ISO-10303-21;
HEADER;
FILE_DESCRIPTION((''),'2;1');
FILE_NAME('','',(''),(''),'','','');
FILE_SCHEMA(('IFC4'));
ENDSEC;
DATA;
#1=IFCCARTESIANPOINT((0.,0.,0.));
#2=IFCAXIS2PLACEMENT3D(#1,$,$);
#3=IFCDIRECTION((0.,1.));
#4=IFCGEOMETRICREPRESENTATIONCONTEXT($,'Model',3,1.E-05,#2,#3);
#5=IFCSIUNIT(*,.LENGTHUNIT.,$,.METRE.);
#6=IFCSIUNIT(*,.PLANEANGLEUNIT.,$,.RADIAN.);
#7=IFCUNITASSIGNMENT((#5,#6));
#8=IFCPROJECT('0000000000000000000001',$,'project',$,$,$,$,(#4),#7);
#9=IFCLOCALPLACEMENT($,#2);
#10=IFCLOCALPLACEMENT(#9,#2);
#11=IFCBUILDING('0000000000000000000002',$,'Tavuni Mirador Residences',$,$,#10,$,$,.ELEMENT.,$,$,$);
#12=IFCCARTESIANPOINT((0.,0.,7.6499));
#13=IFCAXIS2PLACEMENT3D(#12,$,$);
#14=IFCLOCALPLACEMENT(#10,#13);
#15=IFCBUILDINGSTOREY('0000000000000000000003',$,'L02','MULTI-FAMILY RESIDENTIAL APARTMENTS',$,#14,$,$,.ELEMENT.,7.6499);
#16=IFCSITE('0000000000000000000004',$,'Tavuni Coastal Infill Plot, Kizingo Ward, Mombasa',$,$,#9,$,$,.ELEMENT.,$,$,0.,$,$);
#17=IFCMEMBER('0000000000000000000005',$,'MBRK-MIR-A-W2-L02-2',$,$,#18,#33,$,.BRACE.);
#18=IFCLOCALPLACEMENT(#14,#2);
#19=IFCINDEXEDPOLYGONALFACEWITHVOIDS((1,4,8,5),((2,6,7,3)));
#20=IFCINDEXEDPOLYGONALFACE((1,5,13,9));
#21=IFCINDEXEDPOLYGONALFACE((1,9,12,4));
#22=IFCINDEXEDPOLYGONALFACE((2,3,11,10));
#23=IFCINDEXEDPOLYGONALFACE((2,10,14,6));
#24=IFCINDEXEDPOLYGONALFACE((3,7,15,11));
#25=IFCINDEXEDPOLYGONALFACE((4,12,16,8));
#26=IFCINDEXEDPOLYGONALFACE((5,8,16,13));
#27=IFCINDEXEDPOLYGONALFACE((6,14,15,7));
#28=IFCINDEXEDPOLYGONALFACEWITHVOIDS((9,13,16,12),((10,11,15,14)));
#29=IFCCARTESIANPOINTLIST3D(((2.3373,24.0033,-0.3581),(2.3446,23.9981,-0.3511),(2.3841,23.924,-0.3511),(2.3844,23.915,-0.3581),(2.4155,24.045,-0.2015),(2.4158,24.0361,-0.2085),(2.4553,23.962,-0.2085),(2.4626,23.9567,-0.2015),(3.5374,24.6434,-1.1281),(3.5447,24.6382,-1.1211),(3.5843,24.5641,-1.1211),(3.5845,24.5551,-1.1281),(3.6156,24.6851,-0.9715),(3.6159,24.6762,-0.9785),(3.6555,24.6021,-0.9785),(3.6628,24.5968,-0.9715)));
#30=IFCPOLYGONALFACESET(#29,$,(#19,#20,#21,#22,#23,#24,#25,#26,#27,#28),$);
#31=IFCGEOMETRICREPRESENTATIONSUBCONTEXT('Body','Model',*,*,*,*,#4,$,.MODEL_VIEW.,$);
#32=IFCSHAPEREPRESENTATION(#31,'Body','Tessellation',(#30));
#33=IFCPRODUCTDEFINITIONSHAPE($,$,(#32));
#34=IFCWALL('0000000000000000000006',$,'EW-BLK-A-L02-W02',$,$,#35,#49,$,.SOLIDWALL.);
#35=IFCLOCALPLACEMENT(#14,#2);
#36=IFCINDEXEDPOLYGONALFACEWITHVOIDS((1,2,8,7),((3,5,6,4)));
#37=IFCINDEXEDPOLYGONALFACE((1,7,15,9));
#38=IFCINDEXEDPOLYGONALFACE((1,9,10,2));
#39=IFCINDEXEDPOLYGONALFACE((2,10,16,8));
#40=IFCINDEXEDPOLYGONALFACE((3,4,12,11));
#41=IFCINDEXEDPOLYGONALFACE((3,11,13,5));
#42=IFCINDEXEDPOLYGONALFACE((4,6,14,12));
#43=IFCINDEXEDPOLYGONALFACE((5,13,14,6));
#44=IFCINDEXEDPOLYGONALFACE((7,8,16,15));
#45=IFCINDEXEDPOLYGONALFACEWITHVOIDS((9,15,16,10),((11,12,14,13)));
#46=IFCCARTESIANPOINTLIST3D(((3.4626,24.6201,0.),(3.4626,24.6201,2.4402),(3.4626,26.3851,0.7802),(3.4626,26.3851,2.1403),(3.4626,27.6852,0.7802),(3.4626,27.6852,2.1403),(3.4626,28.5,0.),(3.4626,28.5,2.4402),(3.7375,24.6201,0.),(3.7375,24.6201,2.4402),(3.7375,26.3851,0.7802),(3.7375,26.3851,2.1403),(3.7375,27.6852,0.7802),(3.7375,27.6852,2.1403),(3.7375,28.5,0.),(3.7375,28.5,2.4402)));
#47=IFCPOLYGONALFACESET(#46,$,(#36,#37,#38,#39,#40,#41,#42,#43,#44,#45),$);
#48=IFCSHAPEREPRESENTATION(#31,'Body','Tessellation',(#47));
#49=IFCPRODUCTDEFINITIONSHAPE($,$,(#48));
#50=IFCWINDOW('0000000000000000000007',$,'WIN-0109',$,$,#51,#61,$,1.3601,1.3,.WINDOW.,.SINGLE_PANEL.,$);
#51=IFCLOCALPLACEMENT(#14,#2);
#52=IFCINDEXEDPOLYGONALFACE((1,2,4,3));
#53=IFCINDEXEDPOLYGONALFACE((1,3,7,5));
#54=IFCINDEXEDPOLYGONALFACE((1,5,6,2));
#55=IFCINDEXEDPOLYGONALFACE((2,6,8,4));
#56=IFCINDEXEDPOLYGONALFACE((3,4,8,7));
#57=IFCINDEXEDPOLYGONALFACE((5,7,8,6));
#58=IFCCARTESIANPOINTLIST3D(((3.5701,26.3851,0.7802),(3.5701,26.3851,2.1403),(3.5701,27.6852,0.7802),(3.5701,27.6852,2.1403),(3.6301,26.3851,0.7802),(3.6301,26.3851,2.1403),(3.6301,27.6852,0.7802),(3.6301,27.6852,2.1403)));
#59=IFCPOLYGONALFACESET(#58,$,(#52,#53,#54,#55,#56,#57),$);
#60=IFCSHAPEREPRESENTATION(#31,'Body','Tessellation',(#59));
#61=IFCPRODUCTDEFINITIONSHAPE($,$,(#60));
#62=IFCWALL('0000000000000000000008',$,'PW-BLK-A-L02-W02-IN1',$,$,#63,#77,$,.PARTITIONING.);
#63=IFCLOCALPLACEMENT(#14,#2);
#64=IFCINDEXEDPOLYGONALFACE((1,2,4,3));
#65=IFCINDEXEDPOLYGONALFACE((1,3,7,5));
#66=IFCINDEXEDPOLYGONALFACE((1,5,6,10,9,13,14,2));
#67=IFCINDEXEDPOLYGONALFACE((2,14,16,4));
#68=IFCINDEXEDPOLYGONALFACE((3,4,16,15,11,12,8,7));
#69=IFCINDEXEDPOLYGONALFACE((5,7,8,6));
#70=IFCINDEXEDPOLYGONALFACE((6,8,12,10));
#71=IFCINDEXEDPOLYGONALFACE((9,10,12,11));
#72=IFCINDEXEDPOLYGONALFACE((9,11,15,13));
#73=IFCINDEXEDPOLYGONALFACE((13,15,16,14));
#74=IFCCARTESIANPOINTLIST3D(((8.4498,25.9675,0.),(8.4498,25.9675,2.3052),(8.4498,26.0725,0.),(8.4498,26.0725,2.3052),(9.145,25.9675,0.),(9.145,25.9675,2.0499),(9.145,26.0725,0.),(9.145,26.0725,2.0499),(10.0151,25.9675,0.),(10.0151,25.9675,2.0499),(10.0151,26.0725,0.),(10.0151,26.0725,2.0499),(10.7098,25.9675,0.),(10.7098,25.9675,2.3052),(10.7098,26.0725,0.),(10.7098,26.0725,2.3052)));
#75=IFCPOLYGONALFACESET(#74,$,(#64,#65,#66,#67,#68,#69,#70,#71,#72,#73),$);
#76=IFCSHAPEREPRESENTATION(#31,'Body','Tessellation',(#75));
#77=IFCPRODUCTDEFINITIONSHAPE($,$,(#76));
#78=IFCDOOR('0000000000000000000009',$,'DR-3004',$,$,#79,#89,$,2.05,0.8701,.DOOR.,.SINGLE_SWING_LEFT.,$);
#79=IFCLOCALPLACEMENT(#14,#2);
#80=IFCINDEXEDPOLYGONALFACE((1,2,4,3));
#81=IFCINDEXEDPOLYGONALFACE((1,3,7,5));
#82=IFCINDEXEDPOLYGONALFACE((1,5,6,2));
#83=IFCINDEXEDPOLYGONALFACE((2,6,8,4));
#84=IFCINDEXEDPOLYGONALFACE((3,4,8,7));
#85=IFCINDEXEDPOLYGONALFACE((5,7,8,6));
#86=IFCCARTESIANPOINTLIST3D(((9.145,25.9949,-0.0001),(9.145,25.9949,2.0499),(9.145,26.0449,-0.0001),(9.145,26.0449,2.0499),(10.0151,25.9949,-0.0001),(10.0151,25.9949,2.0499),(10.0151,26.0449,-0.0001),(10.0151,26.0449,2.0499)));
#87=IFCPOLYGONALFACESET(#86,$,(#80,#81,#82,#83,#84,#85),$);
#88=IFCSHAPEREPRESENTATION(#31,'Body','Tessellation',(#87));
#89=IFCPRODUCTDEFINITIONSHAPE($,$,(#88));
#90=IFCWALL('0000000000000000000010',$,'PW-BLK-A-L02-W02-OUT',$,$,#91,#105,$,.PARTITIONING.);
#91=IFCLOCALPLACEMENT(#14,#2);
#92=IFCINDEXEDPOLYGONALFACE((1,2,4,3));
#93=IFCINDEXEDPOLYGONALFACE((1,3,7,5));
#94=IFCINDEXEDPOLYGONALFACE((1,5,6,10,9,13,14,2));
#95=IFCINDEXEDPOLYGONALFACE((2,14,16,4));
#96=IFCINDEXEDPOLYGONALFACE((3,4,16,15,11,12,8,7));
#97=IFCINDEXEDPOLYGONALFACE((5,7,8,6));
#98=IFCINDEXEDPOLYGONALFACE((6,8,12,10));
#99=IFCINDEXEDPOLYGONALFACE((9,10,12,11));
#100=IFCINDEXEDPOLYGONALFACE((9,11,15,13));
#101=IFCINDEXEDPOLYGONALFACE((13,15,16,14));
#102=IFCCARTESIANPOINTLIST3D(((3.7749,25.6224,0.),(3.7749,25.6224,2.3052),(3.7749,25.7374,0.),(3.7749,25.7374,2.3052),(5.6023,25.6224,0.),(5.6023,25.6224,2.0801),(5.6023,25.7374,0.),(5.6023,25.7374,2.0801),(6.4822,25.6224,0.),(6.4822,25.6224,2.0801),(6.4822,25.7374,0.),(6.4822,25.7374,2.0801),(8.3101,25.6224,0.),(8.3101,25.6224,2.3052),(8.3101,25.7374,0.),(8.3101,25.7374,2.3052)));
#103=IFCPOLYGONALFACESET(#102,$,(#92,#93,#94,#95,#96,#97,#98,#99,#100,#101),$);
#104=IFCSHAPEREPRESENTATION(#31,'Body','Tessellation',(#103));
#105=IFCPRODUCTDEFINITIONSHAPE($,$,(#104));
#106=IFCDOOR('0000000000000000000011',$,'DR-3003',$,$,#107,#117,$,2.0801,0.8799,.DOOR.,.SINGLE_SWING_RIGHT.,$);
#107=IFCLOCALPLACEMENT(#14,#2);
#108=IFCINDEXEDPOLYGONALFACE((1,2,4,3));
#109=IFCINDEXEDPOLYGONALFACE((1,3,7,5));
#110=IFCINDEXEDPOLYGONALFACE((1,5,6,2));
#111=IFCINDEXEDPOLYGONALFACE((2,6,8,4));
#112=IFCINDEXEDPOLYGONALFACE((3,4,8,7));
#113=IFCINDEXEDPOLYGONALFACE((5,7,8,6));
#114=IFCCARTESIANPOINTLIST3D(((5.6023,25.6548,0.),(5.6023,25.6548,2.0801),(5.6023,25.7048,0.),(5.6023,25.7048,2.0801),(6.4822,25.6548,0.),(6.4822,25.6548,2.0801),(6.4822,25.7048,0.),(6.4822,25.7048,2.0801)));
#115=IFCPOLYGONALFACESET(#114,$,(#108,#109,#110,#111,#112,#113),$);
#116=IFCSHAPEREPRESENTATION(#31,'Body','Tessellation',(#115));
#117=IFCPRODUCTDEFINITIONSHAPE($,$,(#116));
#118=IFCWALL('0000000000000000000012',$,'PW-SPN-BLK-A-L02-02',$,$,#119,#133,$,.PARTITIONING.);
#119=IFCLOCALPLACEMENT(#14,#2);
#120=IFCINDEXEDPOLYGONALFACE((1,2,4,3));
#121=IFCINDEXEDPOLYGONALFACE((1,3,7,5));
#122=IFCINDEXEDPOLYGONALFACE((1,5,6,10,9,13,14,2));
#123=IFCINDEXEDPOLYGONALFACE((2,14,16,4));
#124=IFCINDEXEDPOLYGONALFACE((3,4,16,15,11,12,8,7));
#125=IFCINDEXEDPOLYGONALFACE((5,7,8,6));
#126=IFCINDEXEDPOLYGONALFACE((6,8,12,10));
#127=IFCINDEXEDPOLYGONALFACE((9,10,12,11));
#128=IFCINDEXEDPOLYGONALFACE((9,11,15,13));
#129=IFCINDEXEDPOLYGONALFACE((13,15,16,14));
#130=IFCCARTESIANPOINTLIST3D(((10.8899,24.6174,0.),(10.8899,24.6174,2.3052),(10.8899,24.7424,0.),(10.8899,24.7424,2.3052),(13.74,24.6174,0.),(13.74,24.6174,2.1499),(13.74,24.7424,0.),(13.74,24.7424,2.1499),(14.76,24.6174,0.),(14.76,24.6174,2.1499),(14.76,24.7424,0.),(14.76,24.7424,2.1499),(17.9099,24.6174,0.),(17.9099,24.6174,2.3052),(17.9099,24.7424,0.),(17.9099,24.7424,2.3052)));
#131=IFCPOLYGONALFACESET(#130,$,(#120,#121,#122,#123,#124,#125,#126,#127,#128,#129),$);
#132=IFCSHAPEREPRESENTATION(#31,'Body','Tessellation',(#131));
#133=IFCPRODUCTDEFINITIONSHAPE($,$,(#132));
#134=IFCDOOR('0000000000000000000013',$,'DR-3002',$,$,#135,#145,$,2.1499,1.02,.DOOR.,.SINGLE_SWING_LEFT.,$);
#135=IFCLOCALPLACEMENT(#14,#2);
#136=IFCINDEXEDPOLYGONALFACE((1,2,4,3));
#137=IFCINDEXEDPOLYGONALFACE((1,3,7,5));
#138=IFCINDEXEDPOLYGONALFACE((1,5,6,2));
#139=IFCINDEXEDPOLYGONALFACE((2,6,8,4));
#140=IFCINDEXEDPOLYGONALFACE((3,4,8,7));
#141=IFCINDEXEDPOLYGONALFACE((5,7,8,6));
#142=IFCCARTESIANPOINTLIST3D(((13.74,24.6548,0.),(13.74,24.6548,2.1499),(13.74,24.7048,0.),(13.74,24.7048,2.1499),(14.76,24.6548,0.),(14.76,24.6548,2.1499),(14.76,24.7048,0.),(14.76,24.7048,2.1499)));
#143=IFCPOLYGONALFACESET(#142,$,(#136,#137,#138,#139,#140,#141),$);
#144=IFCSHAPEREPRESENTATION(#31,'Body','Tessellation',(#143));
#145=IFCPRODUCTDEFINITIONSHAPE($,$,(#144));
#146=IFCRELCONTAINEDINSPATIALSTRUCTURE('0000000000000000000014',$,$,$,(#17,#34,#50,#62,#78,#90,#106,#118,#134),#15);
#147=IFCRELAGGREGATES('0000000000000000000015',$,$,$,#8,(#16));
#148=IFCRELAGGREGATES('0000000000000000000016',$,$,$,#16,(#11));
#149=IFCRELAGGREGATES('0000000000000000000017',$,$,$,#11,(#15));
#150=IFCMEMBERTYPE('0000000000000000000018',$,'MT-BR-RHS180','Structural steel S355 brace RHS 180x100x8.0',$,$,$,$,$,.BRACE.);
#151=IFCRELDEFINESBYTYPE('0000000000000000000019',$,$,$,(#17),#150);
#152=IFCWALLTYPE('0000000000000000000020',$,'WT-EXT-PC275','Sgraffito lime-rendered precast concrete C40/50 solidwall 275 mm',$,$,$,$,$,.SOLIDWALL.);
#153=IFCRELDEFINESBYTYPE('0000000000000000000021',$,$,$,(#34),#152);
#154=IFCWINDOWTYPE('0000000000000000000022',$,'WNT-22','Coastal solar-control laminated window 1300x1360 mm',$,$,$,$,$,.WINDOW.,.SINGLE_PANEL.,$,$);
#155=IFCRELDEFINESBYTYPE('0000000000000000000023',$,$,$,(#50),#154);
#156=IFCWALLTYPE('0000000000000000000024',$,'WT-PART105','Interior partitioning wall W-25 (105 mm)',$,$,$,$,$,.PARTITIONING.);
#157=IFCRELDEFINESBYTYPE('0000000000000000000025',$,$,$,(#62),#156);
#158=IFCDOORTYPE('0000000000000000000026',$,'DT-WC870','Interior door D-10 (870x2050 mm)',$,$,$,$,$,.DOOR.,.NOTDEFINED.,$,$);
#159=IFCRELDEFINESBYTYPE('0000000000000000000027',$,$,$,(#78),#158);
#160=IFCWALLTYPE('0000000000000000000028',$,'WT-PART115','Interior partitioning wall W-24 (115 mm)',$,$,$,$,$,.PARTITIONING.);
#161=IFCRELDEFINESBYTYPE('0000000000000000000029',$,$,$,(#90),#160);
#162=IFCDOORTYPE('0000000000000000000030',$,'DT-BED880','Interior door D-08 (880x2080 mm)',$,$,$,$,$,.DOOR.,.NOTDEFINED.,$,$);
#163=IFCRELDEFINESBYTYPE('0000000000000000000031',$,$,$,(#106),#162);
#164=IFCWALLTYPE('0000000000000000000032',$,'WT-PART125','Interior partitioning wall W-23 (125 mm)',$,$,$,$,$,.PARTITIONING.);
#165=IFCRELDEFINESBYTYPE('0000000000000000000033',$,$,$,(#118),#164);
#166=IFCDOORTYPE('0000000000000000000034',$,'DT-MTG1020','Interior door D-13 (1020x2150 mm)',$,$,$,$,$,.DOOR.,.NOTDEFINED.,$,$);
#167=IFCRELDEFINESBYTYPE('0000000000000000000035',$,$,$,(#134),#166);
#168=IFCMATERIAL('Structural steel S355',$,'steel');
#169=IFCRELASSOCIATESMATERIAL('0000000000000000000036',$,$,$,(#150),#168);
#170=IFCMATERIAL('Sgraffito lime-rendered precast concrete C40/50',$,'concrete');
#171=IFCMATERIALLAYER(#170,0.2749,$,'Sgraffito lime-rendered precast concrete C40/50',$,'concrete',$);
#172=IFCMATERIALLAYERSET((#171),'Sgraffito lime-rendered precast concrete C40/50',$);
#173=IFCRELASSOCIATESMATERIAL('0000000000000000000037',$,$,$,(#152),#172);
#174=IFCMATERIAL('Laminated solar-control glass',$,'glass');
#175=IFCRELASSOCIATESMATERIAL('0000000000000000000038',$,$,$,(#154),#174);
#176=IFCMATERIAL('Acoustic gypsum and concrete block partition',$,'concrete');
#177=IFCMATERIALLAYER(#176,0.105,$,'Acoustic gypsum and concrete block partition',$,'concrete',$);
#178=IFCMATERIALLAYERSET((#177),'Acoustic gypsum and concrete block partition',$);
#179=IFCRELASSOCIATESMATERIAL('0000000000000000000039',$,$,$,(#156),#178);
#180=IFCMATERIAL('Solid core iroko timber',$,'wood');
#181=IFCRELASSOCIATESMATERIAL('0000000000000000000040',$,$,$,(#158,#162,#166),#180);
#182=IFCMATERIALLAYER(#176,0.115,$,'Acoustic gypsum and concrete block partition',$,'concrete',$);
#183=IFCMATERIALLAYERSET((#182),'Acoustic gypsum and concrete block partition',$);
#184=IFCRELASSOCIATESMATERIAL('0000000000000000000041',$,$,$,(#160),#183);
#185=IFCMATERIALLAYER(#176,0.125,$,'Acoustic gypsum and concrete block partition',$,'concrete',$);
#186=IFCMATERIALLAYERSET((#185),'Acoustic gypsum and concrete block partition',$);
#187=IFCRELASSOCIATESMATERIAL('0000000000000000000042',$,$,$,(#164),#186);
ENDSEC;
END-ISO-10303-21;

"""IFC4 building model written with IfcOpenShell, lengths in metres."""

from ifc_helpers import new_model, si_unit, direction, frame, frame_2d, origin, origin_2d, place, context, subcontext, project, spatial, rectangle, hollow_rectangle, extrude, material, layer, layer_set, material_profile, profile_set, type_object, element, fill, save


model = new_model("IFC4")

# Units and contexts
model_context = context("Model", 3, precision=1e-05, world=origin(), true_north=direction((0.0, 1.0)))
body_context = subcontext(model_context, "Body", "Model", "MODEL_VIEW")
ifc_project = project(units=[si_unit("LENGTHUNIT", "METRE"), si_unit("PLANEANGLEUNIT", "RADIAN")], contexts=[model_context])

# Site, building, storey
site_placement = place(None, origin())
site = spatial("IfcSite", under=ifc_project, at=site_placement, Name="Tavuni Coastal Infill Plot, Kizingo Ward, Mombasa", CompositionType="ELEMENT", RefElevation=0.0)
building_placement = place(site_placement, origin())
building = spatial("IfcBuilding", under=site, at=building_placement, Name="Tavuni Mirador Residences", CompositionType="ELEMENT")
storey_placement = place(building_placement, frame((0.0, 0.0, 7.6499)))
storey = spatial("IfcBuildingStorey", under=building, at=storey_placement, Name="L02", Description="MULTI-FAMILY RESIDENTIAL APARTMENTS", CompositionType="ELEMENT", Elevation=7.6499)

# Member
ifc_material_1 = material(Name="Structural steel S355", Category="steel")
ifc_material_profile_1 = material_profile(ifc_material_1, hollow_rectangle(XDim=0.1001, YDim=0.1799, WallThickness=0.0081, at=origin_2d()), Name="RHS 180x100x8.0", Category="steel")
ifc_profile_set_1 = profile_set([ifc_material_profile_1], Name="Structural steel S355")
member_type_1 = type_object("IfcMemberType", Name="MT-BR-RHS180", Description="Structural steel S355 brace RHS 180x100x8.0", PredefinedType="BRACE", material=ifc_profile_set_1)
member_1_placement = place(storey_placement, frame((3.6001, 24.6201, -1.0498), z_axis=(-0.767847, -0.409539, 0.492634), x_axis=(0.470607, -0.882343, 0.0)))
element("IfcMember", 1, at=member_1_placement, inside=storey, type_object=member_type_1, Name="MBRK-MIR-A-W2-L02-2", PredefinedType="BRACE", context=body_context, shape_type="SweptSolid", body=[
    extrude(hollow_rectangle(XDim=0.1001, YDim=0.1799, WallThickness=0.0081, at=origin_2d()), origin(), (0.0, 0.0, 1.0), 1.563),
])

# Shared definitions
ifc_material_2 = material(Name="Solid core iroko timber", Category="wood")

# Wall, opening, window
ifc_material_3 = material(Name="Sgraffito lime-rendered precast concrete C40/50", Category="concrete")
ifc_layer_1 = layer(ifc_material_3, 0.2749, Name="Sgraffito lime-rendered precast concrete C40/50", Category="concrete")
ifc_layer_set_1 = layer_set([ifc_layer_1], Name="Sgraffito lime-rendered precast concrete C40/50")
wall_type_1 = type_object("IfcWallType", Name="WT-EXT-PC275", Description="Sgraffito lime-rendered precast concrete C40/50 solidwall 275 mm", PredefinedType="SOLIDWALL", material=ifc_layer_set_1)
wall_1_placement = place(storey_placement, frame((3.6001, 28.5, 0.0), z_axis=(0.0, 0.0, 1.0), x_axis=(0.0, -1.0, 0.0)))
wall_1 = element("IfcWall", 2, at=wall_1_placement, inside=storey, type_object=wall_type_1, Name="EW-BLK-A-L02-W02", PredefinedType="SOLIDWALL", context=body_context, shape_type="SweptSolid", body=[
    extrude(rectangle(XDim=3.8799, YDim=0.2749, at=frame_2d((1.9399, 0.0))), origin(), (0.0, 0.0, 1.0), 2.4402),
])
opening_1_placement = place(wall_1_placement, frame((0.8149, 0.0, 0.78)))
opening_1 = element("IfcOpeningElement", 3, at=opening_1_placement, cuts=wall_1, PredefinedType="OPENING", context=body_context, shape_type="SweptSolid", body=[
    extrude(rectangle(XDim=1.3, YDim=1.3601, at=frame_2d((0.6499, 0.6802))), frame((0.0, 0.1475, 0.0), z_axis=(0.0, -1.0, 0.0), x_axis=(1.0, 0.0, 0.0)), (0.0, 0.0, 1.0), 0.2949),
])
ifc_material_4 = material(Name="Laminated solar-control glass", Category="glass")
window_type = type_object("IfcWindowType", Name="WNT-22", Description="Coastal solar-control laminated window 1300x1360 mm", PartitioningType="SINGLE_PANEL", PredefinedType="WINDOW", material=ifc_material_4)
window_placement = place(opening_1_placement, origin())
window = element("IfcWindow", 4, at=window_placement, inside=storey, type_object=window_type, Name="WIN-0109", OverallHeight=1.3601, OverallWidth=1.3, PartitioningType="SINGLE_PANEL", PredefinedType="WINDOW", context=body_context, shape_type="SweptSolid", body=[
    extrude(rectangle(XDim=1.3, YDim=1.3601, at=frame_2d((0.6499, 0.6802))), frame((0.0, 0.03, 0.0), z_axis=(0.0, -1.0, 0.0), x_axis=(1.0, 0.0, 0.0)), (0.0, 0.0, 1.0), 0.0601),
])
fill(opening_1, window)

# Walls, openings, doors
ifc_material_5 = material(Name="Acoustic gypsum and concrete block partition", Category="concrete")
ifc_layer_2 = layer(ifc_material_5, 0.105, Name="Acoustic gypsum and concrete block partition", Category="concrete")
ifc_layer_set_2 = layer_set([ifc_layer_2], Name="Acoustic gypsum and concrete block partition")
wall_type_2 = type_object("IfcWallType", Name="WT-PART105", Description="Interior partitioning wall W-25 (105 mm)", PredefinedType="PARTITIONING", material=ifc_layer_set_2)
wall_2_placement = place(storey_placement, frame((8.45, 26.02, 0.0), z_axis=(0.0, 0.0, 1.0), x_axis=(1.0, 0.0, 0.0)))
wall_2 = element("IfcWall", 5, at=wall_2_placement, inside=storey, type_object=wall_type_2, Name="PW-BLK-A-L02-W02-IN1", PredefinedType="PARTITIONING", context=body_context, shape_type="SweptSolid", body=[
    extrude(rectangle(XDim=2.26, YDim=0.105, at=frame_2d((1.1299, 0.0))), origin(), (0.0, 0.0, 1.0), 2.3052),
])
opening_2_placement = place(wall_2_placement, frame((0.6951, 0.0, 0.0)))
opening_2 = element("IfcOpeningElement", 6, at=opening_2_placement, cuts=wall_2, PredefinedType="OPENING", context=body_context, shape_type="SweptSolid", body=[
    extrude(rectangle(XDim=0.8701, YDim=2.05, at=frame_2d((0.4351, 1.0249))), frame((0.0, 0.0625, 0.0), z_axis=(0.0, -1.0, 0.0), x_axis=(1.0, 0.0, 0.0)), (0.0, 0.0, 1.0), 0.125),
])
door_type_1 = type_object("IfcDoorType", Name="DT-WC870", Description="Interior door D-10 (870x2050 mm)", OperationType="NOTDEFINED", PredefinedType="DOOR", material=ifc_material_2)
door_1_placement = place(opening_2_placement, origin())
door_1 = element("IfcDoor", 7, at=door_1_placement, inside=storey, type_object=door_type_1, Name="DR-3004", OperationType="SINGLE_SWING_LEFT", OverallHeight=2.05, OverallWidth=0.8701, PredefinedType="DOOR", context=body_context, shape_type="SweptSolid", body=[
    extrude(rectangle(XDim=0.8701, YDim=2.05, at=frame_2d((0.4351, 1.0249))), frame((0.0, 0.0249, 0.0), z_axis=(0.0, -1.0, 0.0), x_axis=(1.0, 0.0, 0.0)), (0.0, 0.0, 1.0), 0.05),
])
fill(opening_2, door_1)
ifc_layer_3 = layer(ifc_material_5, 0.115, Name="Acoustic gypsum and concrete block partition", Category="concrete")
ifc_layer_set_3 = layer_set([ifc_layer_3], Name="Acoustic gypsum and concrete block partition")
wall_type_3 = type_object("IfcWallType", Name="WT-PART115", Description="Interior partitioning wall W-24 (115 mm)", PredefinedType="PARTITIONING", material=ifc_layer_set_3)
wall_3_placement = place(storey_placement, frame((3.7749, 25.6799, 0.0), z_axis=(0.0, 0.0, 1.0), x_axis=(1.0, 0.0, 0.0)))
wall_3 = element("IfcWall", 8, at=wall_3_placement, inside=storey, type_object=wall_type_3, Name="PW-BLK-A-L02-W02-OUT", PredefinedType="PARTITIONING", context=body_context, shape_type="SweptSolid", body=[
    extrude(rectangle(XDim=4.5352, YDim=0.115, at=frame_2d((2.2676, 0.0))), origin(), (0.0, 0.0, 1.0), 2.3052),
])
opening_3_placement = place(wall_3_placement, frame((1.8274, 0.0, 0.0)))
opening_3 = element("IfcOpeningElement", 9, at=opening_3_placement, cuts=wall_3, PredefinedType="OPENING", context=body_context, shape_type="SweptSolid", body=[
    extrude(rectangle(XDim=0.8799, YDim=2.0801, at=frame_2d((0.4399, 1.04))), frame((0.0, 0.0674, 0.0), z_axis=(0.0, -1.0, 0.0), x_axis=(1.0, 0.0, 0.0)), (0.0, 0.0, 1.0), 0.135),
])
door_type_2 = type_object("IfcDoorType", Name="DT-BED880", Description="Interior door D-08 (880x2080 mm)", OperationType="NOTDEFINED", PredefinedType="DOOR", material=ifc_material_2)
door_2_placement = place(opening_3_placement, origin())
door_2 = element("IfcDoor", 10, at=door_2_placement, inside=storey, type_object=door_type_2, Name="DR-3003", OperationType="SINGLE_SWING_RIGHT", OverallHeight=2.0801, OverallWidth=0.8799, PredefinedType="DOOR", context=body_context, shape_type="SweptSolid", body=[
    extrude(rectangle(XDim=0.8799, YDim=2.0801, at=frame_2d((0.4399, 1.04))), frame((0.0, 0.0249, 0.0), z_axis=(0.0, -1.0, 0.0), x_axis=(1.0, 0.0, 0.0)), (0.0, 0.0, 1.0), 0.05),
])
fill(opening_3, door_2)
ifc_layer_4 = layer(ifc_material_5, 0.125, Name="Acoustic gypsum and concrete block partition", Category="concrete")
ifc_layer_set_4 = layer_set([ifc_layer_4], Name="Acoustic gypsum and concrete block partition")
wall_type_4 = type_object("IfcWallType", Name="WT-PART125", Description="Interior partitioning wall W-23 (125 mm)", PredefinedType="PARTITIONING", material=ifc_layer_set_4)
wall_4_placement = place(storey_placement, frame((10.8899, 24.6799, 0.0), z_axis=(0.0, 0.0, 1.0), x_axis=(1.0, 0.0, 0.0)))
wall_4 = element("IfcWall", 11, at=wall_4_placement, inside=storey, type_object=wall_type_4, Name="PW-SPN-BLK-A-L02-02", PredefinedType="PARTITIONING", context=body_context, shape_type="SweptSolid", body=[
    extrude(rectangle(XDim=7.02, YDim=0.125, at=frame_2d((3.51, 0.0))), origin(), (0.0, 0.0, 1.0), 2.3052),
])
opening_4_placement = place(wall_4_placement, frame((2.8501, 0.0, 0.0)))
opening_4 = element("IfcOpeningElement", 12, at=opening_4_placement, cuts=wall_4, PredefinedType="OPENING", context=body_context, shape_type="SweptSolid", body=[
    extrude(rectangle(XDim=1.02, YDim=2.1499, at=frame_2d((0.51, 1.075))), frame((0.0, 0.0725, 0.0), z_axis=(0.0, -1.0, 0.0), x_axis=(1.0, 0.0, 0.0)), (0.0, 0.0, 1.0), 0.145),
])
door_type_3 = type_object("IfcDoorType", Name="DT-MTG1020", Description="Interior door D-13 (1020x2150 mm)", OperationType="NOTDEFINED", PredefinedType="DOOR", material=ifc_material_2)
door_3_placement = place(opening_4_placement, origin())
door_3 = element("IfcDoor", 13, at=door_3_placement, inside=storey, type_object=door_type_3, Name="DR-3002", OperationType="SINGLE_SWING_LEFT", OverallHeight=2.1499, OverallWidth=1.02, PredefinedType="DOOR", context=body_context, shape_type="SweptSolid", body=[
    extrude(rectangle(XDim=1.02, YDim=2.1499, at=frame_2d((0.51, 1.075))), frame((0.0, 0.0249, 0.0), z_axis=(0.0, -1.0, 0.0), x_axis=(1.0, 0.0, 0.0)), (0.0, 0.0, 1.0), 0.05),
])
fill(opening_4, door_3)

save(model, "model.ifc")
